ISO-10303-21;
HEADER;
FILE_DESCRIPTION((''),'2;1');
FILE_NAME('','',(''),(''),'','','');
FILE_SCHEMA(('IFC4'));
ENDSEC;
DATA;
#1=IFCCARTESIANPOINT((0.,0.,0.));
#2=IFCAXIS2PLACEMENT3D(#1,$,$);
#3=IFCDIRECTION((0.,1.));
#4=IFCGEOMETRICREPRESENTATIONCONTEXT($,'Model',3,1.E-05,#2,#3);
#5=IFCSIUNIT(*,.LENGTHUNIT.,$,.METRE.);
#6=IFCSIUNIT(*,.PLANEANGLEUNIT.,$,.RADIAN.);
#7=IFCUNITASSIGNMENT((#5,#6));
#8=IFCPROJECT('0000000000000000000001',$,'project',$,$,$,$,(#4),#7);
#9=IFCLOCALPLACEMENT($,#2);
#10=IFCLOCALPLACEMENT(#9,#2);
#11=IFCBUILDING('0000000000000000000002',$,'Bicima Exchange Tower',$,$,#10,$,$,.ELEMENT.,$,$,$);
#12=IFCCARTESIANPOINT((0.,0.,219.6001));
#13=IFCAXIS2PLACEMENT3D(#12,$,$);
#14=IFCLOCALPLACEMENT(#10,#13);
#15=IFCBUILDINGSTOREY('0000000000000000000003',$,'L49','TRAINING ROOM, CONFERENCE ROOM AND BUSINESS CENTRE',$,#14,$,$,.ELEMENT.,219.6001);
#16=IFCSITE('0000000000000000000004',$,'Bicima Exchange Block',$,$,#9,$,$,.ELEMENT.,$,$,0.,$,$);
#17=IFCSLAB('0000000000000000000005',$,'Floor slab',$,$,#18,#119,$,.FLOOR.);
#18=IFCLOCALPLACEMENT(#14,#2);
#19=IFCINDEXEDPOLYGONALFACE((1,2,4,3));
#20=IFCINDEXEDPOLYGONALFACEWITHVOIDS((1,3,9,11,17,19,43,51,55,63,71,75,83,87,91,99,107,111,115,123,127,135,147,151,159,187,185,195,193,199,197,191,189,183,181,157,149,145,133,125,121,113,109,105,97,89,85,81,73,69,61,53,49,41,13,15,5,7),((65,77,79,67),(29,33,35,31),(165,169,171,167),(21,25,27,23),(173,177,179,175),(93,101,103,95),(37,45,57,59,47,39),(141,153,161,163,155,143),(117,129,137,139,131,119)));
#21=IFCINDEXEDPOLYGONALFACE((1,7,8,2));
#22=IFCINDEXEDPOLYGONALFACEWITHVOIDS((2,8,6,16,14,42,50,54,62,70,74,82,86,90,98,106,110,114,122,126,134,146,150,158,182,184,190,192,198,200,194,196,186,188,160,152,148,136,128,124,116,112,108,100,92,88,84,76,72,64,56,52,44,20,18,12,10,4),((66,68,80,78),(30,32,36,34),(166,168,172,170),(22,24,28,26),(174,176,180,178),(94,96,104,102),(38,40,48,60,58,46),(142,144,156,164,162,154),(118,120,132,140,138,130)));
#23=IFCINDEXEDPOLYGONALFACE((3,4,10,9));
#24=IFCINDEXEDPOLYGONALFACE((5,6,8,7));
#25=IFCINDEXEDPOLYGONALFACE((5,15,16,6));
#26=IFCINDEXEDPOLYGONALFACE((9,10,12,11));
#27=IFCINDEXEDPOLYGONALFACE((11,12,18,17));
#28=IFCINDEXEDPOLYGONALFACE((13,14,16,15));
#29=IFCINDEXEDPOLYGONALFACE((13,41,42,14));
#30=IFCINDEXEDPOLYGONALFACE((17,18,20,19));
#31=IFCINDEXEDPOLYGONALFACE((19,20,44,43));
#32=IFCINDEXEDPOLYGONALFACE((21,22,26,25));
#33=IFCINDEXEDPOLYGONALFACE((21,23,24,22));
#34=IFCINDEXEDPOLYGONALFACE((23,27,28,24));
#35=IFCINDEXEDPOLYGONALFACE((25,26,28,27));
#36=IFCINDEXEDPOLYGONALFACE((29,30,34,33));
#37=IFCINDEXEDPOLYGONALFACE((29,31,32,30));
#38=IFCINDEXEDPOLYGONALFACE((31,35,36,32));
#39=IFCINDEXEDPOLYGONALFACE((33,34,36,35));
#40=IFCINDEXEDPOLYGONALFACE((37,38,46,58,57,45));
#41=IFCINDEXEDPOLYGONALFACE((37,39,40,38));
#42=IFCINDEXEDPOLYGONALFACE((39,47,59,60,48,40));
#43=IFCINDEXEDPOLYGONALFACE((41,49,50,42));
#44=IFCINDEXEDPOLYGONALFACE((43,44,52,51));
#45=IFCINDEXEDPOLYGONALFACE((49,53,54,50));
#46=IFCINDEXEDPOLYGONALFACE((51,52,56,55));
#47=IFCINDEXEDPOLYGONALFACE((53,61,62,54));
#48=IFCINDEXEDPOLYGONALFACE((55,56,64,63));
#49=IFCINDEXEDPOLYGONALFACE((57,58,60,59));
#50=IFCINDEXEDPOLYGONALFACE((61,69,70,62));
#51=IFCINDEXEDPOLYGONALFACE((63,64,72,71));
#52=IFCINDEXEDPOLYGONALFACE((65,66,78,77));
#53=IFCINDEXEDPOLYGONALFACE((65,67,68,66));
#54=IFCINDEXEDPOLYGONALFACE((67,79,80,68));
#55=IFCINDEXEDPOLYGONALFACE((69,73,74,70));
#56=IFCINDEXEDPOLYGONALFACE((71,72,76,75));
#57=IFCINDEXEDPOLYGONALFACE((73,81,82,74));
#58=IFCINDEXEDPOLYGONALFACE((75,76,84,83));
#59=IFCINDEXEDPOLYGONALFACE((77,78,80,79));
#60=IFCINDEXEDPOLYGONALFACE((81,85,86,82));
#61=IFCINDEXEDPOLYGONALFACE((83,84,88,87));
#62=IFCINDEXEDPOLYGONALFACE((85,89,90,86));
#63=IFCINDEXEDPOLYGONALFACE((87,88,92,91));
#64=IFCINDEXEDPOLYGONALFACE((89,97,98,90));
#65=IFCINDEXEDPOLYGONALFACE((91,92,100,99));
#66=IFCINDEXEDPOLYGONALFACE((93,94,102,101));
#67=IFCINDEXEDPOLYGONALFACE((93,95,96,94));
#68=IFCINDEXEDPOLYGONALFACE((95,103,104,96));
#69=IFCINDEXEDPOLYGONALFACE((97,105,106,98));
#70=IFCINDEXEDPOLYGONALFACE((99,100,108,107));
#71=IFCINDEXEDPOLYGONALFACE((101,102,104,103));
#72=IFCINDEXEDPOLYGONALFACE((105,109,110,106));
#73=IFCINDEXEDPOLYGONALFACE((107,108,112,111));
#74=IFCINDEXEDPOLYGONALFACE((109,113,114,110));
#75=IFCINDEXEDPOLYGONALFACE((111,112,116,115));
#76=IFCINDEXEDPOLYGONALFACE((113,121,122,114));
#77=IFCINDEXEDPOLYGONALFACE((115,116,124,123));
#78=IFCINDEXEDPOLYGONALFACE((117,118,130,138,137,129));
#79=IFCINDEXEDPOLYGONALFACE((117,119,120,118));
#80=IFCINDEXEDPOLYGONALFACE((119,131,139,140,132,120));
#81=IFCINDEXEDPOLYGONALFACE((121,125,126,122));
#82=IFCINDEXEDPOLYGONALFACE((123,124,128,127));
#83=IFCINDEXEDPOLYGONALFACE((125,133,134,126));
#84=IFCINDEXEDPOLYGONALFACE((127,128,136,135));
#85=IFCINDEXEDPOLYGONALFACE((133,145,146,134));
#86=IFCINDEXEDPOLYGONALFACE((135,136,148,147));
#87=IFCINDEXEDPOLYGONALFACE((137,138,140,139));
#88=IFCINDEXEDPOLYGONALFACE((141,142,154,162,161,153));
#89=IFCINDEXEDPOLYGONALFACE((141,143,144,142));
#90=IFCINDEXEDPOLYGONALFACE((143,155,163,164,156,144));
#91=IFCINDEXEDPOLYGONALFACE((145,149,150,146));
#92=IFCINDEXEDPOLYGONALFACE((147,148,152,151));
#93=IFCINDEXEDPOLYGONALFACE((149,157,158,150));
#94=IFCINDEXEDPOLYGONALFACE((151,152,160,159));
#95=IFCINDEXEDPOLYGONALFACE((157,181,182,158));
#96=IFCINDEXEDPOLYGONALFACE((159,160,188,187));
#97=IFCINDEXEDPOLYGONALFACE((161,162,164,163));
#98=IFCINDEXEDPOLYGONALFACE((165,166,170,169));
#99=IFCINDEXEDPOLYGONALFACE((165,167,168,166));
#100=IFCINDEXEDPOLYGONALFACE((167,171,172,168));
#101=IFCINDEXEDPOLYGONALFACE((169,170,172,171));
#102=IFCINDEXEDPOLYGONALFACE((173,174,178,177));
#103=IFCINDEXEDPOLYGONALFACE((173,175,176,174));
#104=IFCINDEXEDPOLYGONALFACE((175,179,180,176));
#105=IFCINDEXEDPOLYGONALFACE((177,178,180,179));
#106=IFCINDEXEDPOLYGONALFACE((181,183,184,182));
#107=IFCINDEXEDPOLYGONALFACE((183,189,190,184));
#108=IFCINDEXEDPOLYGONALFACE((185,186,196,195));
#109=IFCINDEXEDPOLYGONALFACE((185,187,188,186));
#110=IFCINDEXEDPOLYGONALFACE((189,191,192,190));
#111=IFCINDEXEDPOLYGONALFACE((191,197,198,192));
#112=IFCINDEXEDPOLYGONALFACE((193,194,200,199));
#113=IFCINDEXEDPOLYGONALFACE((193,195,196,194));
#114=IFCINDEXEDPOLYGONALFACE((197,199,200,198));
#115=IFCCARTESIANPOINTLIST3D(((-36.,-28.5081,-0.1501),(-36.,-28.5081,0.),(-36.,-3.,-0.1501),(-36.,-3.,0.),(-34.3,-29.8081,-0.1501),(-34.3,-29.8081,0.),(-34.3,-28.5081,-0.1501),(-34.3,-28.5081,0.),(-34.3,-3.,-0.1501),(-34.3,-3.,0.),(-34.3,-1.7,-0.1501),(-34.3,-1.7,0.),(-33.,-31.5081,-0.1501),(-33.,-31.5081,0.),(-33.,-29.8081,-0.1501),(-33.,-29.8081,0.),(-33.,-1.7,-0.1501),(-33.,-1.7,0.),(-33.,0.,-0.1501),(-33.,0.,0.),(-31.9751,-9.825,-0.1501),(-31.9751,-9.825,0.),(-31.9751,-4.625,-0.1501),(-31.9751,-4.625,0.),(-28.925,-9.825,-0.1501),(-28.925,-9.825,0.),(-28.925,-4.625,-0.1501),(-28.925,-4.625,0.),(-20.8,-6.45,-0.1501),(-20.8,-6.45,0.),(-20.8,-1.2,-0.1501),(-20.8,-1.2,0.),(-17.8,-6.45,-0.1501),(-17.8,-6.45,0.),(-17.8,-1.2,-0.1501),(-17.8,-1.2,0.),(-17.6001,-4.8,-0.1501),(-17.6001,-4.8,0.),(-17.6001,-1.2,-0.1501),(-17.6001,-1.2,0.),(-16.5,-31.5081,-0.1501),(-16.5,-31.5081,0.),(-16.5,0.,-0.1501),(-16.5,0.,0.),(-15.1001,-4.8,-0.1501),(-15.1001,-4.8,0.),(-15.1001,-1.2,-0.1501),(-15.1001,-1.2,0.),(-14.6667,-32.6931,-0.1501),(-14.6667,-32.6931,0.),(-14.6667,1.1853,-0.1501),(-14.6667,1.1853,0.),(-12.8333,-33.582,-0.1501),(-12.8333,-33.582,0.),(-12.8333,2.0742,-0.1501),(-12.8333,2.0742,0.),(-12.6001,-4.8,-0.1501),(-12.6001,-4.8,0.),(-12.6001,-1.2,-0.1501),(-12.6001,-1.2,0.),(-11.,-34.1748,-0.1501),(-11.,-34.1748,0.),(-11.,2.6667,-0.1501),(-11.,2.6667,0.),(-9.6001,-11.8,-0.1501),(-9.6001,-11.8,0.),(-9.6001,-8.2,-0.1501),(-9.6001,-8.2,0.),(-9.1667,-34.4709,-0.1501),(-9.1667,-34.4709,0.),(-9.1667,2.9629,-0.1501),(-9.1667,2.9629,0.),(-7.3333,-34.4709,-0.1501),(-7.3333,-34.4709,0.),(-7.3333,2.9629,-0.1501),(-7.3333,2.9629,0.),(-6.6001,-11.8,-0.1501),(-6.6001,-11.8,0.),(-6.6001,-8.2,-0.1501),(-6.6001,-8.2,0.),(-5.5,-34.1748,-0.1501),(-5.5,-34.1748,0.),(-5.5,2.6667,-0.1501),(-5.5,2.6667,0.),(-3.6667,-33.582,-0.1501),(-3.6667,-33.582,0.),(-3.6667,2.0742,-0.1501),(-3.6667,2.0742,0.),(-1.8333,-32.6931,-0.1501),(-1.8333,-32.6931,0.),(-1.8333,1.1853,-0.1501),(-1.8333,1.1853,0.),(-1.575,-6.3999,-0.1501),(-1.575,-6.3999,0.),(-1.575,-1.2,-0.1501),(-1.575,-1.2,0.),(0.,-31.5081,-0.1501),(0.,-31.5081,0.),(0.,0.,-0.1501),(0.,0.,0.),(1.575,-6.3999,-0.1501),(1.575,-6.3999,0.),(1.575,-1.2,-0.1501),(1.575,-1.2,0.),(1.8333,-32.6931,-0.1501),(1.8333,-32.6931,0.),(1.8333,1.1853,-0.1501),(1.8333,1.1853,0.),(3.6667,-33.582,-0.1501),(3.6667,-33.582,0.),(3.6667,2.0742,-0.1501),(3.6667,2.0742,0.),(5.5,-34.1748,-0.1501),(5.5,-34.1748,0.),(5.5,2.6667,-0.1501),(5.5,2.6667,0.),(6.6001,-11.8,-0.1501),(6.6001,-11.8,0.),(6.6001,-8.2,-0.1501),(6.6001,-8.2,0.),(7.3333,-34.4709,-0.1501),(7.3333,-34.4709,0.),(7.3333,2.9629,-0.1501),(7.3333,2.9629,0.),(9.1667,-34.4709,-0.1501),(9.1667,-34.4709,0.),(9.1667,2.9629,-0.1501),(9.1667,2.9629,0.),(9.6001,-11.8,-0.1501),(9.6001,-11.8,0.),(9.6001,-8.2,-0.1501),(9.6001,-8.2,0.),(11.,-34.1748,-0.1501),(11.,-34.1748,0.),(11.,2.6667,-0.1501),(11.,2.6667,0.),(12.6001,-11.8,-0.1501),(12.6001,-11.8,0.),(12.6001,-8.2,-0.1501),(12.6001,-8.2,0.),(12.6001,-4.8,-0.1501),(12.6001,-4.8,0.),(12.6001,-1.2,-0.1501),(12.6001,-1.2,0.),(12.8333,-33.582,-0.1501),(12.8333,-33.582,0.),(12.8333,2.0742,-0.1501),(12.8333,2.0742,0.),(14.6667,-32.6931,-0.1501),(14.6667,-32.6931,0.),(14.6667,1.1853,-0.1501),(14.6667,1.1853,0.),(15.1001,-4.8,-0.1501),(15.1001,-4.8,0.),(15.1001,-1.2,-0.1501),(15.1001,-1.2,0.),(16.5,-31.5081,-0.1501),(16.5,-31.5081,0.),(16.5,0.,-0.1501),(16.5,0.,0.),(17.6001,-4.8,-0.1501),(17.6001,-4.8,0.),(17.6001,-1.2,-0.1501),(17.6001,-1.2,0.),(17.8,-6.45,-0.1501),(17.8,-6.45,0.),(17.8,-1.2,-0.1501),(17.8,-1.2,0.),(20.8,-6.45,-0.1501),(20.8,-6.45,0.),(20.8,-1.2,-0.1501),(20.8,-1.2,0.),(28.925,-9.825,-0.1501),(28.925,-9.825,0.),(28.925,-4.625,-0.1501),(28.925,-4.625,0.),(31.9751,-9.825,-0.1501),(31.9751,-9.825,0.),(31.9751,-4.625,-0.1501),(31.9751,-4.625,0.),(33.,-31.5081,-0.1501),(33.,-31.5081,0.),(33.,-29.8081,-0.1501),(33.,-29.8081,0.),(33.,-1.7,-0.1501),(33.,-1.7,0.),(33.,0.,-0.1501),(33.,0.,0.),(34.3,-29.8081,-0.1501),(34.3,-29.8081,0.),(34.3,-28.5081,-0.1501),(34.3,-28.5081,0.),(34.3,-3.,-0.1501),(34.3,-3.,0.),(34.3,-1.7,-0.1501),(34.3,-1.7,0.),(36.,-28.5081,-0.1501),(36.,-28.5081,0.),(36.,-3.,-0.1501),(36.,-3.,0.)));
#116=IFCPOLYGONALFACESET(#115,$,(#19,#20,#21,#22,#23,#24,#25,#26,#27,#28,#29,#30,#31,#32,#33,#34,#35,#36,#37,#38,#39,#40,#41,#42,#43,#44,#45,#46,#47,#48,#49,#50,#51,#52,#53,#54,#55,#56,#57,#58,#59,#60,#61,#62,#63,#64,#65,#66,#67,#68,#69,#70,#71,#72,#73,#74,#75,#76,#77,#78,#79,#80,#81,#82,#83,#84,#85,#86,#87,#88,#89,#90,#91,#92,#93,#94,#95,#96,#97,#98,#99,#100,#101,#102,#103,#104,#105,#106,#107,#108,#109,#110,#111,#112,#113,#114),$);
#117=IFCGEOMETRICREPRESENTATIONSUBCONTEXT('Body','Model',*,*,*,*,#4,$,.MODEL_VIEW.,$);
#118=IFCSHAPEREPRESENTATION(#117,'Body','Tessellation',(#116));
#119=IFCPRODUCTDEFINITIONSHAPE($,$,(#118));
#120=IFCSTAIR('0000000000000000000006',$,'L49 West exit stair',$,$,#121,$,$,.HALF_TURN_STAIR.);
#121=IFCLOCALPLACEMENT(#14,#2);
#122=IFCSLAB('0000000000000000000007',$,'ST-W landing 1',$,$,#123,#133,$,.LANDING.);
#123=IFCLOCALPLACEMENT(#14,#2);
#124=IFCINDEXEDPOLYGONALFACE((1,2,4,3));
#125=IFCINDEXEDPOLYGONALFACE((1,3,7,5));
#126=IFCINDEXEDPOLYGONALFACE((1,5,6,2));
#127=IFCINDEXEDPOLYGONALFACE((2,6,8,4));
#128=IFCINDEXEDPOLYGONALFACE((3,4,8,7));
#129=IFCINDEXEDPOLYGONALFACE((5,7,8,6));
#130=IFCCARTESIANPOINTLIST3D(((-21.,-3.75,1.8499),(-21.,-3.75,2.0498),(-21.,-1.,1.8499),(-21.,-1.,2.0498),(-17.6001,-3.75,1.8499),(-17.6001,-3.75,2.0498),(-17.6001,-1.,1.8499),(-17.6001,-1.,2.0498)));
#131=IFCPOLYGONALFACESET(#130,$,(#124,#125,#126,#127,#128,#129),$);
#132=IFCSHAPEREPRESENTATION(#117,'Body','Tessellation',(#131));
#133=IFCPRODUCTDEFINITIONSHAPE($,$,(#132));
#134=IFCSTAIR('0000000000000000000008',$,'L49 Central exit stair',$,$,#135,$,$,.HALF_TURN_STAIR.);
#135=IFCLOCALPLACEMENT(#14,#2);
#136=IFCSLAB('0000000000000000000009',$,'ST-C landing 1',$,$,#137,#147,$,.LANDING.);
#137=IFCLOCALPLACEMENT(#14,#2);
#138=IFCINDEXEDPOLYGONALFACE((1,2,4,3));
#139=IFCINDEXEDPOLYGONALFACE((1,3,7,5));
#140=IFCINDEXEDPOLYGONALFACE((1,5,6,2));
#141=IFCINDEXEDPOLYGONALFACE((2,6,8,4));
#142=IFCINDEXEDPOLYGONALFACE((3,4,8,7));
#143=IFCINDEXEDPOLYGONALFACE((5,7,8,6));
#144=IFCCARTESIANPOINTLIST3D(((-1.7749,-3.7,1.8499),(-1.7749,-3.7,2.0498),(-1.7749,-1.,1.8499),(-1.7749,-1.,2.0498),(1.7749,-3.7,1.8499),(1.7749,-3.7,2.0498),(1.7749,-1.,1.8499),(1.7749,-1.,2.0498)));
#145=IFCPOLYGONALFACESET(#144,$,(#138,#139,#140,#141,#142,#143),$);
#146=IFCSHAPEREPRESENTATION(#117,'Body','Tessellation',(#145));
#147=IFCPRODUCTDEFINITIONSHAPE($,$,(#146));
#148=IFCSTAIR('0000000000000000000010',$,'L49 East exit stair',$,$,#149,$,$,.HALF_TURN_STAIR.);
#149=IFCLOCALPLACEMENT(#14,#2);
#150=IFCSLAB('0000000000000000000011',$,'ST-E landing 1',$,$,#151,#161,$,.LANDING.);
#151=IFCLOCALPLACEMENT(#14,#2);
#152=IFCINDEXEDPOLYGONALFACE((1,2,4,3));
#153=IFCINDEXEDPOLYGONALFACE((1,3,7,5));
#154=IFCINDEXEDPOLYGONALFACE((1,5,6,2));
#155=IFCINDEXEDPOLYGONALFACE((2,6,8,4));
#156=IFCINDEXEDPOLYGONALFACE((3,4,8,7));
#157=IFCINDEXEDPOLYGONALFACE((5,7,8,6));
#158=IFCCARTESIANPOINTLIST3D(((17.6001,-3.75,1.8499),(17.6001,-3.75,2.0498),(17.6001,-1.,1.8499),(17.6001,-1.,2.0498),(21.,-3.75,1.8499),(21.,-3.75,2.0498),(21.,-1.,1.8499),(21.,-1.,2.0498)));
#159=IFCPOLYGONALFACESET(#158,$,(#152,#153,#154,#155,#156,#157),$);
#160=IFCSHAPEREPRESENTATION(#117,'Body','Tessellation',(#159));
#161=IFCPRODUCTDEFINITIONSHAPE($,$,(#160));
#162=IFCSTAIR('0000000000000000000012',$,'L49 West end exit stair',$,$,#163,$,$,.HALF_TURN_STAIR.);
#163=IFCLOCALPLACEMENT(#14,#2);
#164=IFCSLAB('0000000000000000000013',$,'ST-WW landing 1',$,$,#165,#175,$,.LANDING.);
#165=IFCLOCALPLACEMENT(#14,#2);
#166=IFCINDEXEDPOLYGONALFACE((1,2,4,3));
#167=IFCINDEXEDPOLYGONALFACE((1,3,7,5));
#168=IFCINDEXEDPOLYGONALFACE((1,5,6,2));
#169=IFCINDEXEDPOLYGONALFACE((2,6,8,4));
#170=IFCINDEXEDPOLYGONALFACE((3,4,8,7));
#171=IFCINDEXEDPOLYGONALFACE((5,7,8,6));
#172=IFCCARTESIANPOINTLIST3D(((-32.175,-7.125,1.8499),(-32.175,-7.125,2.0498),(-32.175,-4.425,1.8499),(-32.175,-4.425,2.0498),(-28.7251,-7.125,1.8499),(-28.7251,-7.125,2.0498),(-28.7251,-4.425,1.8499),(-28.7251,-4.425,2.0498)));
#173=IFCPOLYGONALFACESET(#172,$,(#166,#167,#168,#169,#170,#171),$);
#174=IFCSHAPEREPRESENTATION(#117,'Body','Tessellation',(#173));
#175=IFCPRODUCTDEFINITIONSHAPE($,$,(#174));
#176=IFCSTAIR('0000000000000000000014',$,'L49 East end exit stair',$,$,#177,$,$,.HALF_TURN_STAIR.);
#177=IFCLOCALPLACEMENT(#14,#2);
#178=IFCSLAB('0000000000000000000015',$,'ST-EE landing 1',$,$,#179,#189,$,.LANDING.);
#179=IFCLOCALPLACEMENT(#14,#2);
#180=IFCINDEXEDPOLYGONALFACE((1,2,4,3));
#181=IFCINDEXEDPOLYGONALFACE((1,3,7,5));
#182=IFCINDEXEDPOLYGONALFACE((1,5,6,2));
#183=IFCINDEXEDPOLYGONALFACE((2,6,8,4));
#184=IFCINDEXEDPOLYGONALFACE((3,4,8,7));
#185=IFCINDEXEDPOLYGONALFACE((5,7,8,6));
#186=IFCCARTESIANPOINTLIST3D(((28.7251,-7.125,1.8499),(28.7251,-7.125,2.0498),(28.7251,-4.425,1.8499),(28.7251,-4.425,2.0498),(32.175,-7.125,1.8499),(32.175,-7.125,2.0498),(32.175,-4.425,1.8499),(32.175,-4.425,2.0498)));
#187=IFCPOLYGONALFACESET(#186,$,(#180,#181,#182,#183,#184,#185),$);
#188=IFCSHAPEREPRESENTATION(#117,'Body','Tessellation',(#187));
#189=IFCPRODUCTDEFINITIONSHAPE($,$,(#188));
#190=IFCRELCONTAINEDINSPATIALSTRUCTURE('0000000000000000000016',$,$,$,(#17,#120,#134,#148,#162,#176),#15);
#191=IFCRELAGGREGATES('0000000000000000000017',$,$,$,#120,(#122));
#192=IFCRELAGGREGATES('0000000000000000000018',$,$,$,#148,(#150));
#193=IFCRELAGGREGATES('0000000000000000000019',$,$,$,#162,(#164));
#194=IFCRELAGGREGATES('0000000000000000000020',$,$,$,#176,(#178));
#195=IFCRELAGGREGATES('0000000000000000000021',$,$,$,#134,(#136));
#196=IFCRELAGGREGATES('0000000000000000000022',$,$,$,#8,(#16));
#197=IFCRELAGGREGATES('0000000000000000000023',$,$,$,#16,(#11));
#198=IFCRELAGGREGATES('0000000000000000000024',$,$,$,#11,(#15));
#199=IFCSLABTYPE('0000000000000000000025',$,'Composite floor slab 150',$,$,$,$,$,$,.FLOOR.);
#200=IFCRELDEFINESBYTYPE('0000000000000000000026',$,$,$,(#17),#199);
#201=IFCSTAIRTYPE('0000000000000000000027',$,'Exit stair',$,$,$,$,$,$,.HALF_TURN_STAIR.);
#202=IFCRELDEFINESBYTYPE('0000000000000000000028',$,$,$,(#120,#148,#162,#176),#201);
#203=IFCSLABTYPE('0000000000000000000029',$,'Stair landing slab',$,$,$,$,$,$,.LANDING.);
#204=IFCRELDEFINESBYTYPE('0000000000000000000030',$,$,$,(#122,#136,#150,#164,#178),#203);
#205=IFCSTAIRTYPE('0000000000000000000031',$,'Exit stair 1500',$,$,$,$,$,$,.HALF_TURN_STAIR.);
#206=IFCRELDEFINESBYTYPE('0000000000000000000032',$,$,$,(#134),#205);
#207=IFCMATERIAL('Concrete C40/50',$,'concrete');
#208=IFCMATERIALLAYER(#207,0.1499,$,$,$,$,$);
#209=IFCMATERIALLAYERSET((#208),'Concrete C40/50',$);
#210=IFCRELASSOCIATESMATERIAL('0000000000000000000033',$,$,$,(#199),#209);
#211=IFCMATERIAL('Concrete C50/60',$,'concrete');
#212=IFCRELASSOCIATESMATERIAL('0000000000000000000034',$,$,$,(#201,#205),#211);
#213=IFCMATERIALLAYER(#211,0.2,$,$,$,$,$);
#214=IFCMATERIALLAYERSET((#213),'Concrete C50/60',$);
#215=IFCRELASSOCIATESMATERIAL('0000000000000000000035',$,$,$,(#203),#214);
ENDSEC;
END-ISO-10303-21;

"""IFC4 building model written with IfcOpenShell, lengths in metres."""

from ifc_helpers import new_model, si_unit, direction, frame, origin, place, context, subcontext, project, spatial, polyline, outline, extrude, material, layer, layer_set, type_object, element, aggregate, save


model = new_model("IFC4")

# Units and contexts
model_context = context("Model", 3, precision=1e-05, world=origin(), true_north=direction((0.0, 1.0)))
body_context = subcontext(model_context, "Body", "Model", "MODEL_VIEW")
ifc_project = project(units=[si_unit("LENGTHUNIT", "METRE"), si_unit("PLANEANGLEUNIT", "RADIAN")], contexts=[model_context])

# Site, building, storey
site_placement = place(None, origin())
site = spatial("IfcSite", under=ifc_project, at=site_placement, Name="Bicima Exchange Block", CompositionType="ELEMENT", RefElevation=0.0)
building_placement = place(site_placement, origin())
building = spatial("IfcBuilding", under=site, at=building_placement, Name="Bicima Exchange Tower", CompositionType="ELEMENT")
storey_placement = place(building_placement, frame((0.0, 0.0, 219.6001)))
storey = spatial("IfcBuildingStorey", under=building, at=storey_placement, Name="L49", Description="TRAINING ROOM, CONFERENCE ROOM AND BUSINESS CENTRE", CompositionType="ELEMENT", Elevation=219.6001)

# Slab
ifc_material_1 = material(Name="Concrete C40/50", Category="concrete")
ifc_layer_1 = layer(ifc_material_1, 0.1499)
ifc_layer_set_1 = layer_set([ifc_layer_1], Name="Concrete C40/50")
slab_type_1 = type_object("IfcSlabType", Name="Composite floor slab 150", PredefinedType="FLOOR", material=ifc_layer_set_1)
slab_1_placement = place(storey_placement, frame((0.0, 0.0, -0.1501)))
element("IfcSlab", 1, at=slab_1_placement, inside=storey, type_object=slab_type_1, Name="Floor slab", PredefinedType="FLOOR", context=body_context, shape_type="SweptSolid", body=[
    extrude(outline(polyline([(-36.0, -28.5081), (-36.0, -3.0), (-34.3, -3.0), (-34.3, -1.7), (-33.0, -1.7), (-33.0, 0.0), (-16.5, 0.0), (-14.6667, 1.1853), (-12.8333, 2.0742), (-11.0, 2.6667), (-9.1667, 2.9629), (-7.3333, 2.9629), (-5.5, 2.6667), (-3.6667, 2.0742), (-1.8333, 1.1853), (0.0, 0.0), (1.8333, 1.1853), (3.6667, 2.0742), (5.5, 2.6667), (7.3333, 2.9629), (9.1667, 2.9629), (11.0, 2.6667), (12.8333, 2.0742), (14.6667, 1.1853), (16.5, 0.0), (33.0, 0.0), (33.0, -1.7), (34.3, -1.7), (34.3, -3.0), (36.0, -3.0), (36.0, -28.5081), (34.3, -28.5081), (34.3, -29.8081), (33.0, -29.8081), (33.0, -31.5081), (16.5, -31.5081), (14.6667, -32.6931), (12.8333, -33.582), (11.0, -34.1748), (9.1667, -34.4709), (7.3333, -34.4709), (5.5, -34.1748), (3.6667, -33.582), (1.8333, -32.6931), (0.0, -31.5081), (-1.8333, -32.6931), (-3.6667, -33.582), (-5.5, -34.1748), (-7.3333, -34.4709), (-9.1667, -34.4709), (-11.0, -34.1748), (-12.8333, -33.582), (-14.6667, -32.6931), (-16.5, -31.5081), (-33.0, -31.5081), (-33.0, -29.8081), (-34.3, -29.8081), (-34.3, -28.5081), (-36.0, -28.5081)]), holes=[polyline([(-6.6001, -11.8), (-6.6001, -8.2), (-9.6001, -8.2), (-9.6001, -11.8), (-6.6001, -11.8)]), polyline([(-31.9751, -9.825), (-28.925, -9.825), (-28.925, -4.625), (-31.9751, -4.625), (-31.9751, -9.825)]), polyline([(-20.8, -6.45), (-17.8, -6.45), (-17.8, -1.2), (-20.8, -1.2), (-20.8, -6.45)]), polyline([(1.575, -6.3999), (1.575, -1.2), (-1.575, -1.2), (-1.575, -6.3999), (1.575, -6.3999)]), polyline([(-12.6001, -4.8), (-12.6001, -1.2), (-15.1001, -1.2), (-17.6001, -1.2), (-17.6001, -4.8), (-15.1001, -4.8), (-12.6001, -4.8)]), polyline([(12.6001, -8.2), (9.6001, -8.2), (6.6001, -8.2), (6.6001, -11.8), (9.6001, -11.8), (12.6001, -11.8), (12.6001, -8.2)]), polyline([(28.925, -9.825), (31.9751, -9.825), (31.9751, -4.625), (28.925, -4.625), (28.925, -9.825)]), polyline([(20.8, -6.45), (20.8, -1.2), (17.8, -1.2), (17.8, -6.45), (20.8, -6.45)]), polyline([(17.6001, -4.8), (17.6001, -1.2), (15.1001, -1.2), (12.6001, -1.2), (12.6001, -4.8), (15.1001, -4.8), (17.6001, -4.8)])]), origin(), (0.0, 0.0, 1.0), 0.1501),
])

# Stairs, slabs
ifc_material_2 = material(Name="Concrete C50/60", Category="concrete")
stair_type_1 = type_object("IfcStairType", Name="Exit stair", PredefinedType="HALF_TURN_STAIR", material=ifc_material_2)
stair_1_placement = place(storey_placement, origin())
stair_1 = element("IfcStair", 2, at=stair_1_placement, inside=storey, type_object=stair_type_1, Name="L49 West exit stair", PredefinedType="HALF_TURN_STAIR")
ifc_layer_2 = layer(ifc_material_2, 0.2)
ifc_layer_set_2 = layer_set([ifc_layer_2], Name="Concrete C50/60")
slab_type_2 = type_object("IfcSlabType", Name="Stair landing slab", PredefinedType="LANDING", material=ifc_layer_set_2)
slab_2_placement = place(storey_placement, frame((0.0, 0.0, 1.8499)))
slab_2 = element("IfcSlab", 3, at=slab_2_placement, type_object=slab_type_2, Name="ST-W landing 1", PredefinedType="LANDING", context=body_context, shape_type="SweptSolid", body=[
    extrude(outline(polyline([(-17.6001, -3.75), (-17.6001, -1.0), (-21.0, -1.0), (-21.0, -3.75), (-17.6001, -3.75)])), origin(), (0.0, 0.0, 1.0), 0.2),
])
aggregate(stair_1, [slab_2])
stair_type_2 = type_object("IfcStairType", Name="Exit stair 1500", PredefinedType="HALF_TURN_STAIR", material=ifc_material_2)
stair_2_placement = place(storey_placement, origin())
stair_2 = element("IfcStair", 4, at=stair_2_placement, inside=storey, type_object=stair_type_2, Name="L49 Central exit stair", PredefinedType="HALF_TURN_STAIR")
slab_3_placement = place(storey_placement, frame((0.0, 0.0, 1.8499)))
slab_3 = element("IfcSlab", 5, at=slab_3_placement, type_object=slab_type_2, Name="ST-C landing 1", PredefinedType="LANDING", context=body_context, shape_type="SweptSolid", body=[
    extrude(outline(polyline([(1.7749, -3.7), (1.7749, -1.0), (-1.7749, -1.0), (-1.7749, -3.7), (1.7749, -3.7)])), origin(), (0.0, 0.0, 1.0), 0.2),
])
stair_3_placement = place(storey_placement, origin())
stair_3 = element("IfcStair", 6, at=stair_3_placement, inside=storey, type_object=stair_type_1, Name="L49 East exit stair", PredefinedType="HALF_TURN_STAIR")
slab_4_placement = place(storey_placement, frame((0.0, 0.0, 1.8499)))
slab_4 = element("IfcSlab", 7, at=slab_4_placement, type_object=slab_type_2, Name="ST-E landing 1", PredefinedType="LANDING", context=body_context, shape_type="SweptSolid", body=[
    extrude(outline(polyline([(21.0, -3.75), (21.0, -1.0), (17.6001, -1.0), (17.6001, -3.75), (21.0, -3.75)])), origin(), (0.0, 0.0, 1.0), 0.2),
])
aggregate(stair_3, [slab_4])
stair_4_placement = place(storey_placement, origin())
stair_4 = element("IfcStair", 8, at=stair_4_placement, inside=storey, type_object=stair_type_1, Name="L49 West end exit stair", PredefinedType="HALF_TURN_STAIR")
slab_5_placement = place(storey_placement, frame((0.0, 0.0, 1.8499)))
slab_5 = element("IfcSlab", 9, at=slab_5_placement, type_object=slab_type_2, Name="ST-WW landing 1", PredefinedType="LANDING", context=body_context, shape_type="SweptSolid", body=[
    extrude(outline(polyline([(-28.7251, -7.125), (-28.7251, -4.425), (-32.175, -4.425), (-32.175, -7.125), (-28.7251, -7.125)])), origin(), (0.0, 0.0, 1.0), 0.2),
])
aggregate(stair_4, [slab_5])
stair_5_placement = place(storey_placement, origin())
stair_5 = element("IfcStair", 10, at=stair_5_placement, inside=storey, type_object=stair_type_1, Name="L49 East end exit stair", PredefinedType="HALF_TURN_STAIR")
slab_6_placement = place(storey_placement, frame((0.0, 0.0, 1.8499)))
slab_6 = element("IfcSlab", 11, at=slab_6_placement, type_object=slab_type_2, Name="ST-EE landing 1", PredefinedType="LANDING", context=body_context, shape_type="SweptSolid", body=[
    extrude(outline(polyline([(32.175, -7.125), (32.175, -4.425), (28.7251, -4.425), (28.7251, -7.125), (32.175, -7.125)])), origin(), (0.0, 0.0, 1.0), 0.2),
])
aggregate(stair_5, [slab_6])

aggregate(stair_2, [slab_3])

save(model, "model.ifc")
